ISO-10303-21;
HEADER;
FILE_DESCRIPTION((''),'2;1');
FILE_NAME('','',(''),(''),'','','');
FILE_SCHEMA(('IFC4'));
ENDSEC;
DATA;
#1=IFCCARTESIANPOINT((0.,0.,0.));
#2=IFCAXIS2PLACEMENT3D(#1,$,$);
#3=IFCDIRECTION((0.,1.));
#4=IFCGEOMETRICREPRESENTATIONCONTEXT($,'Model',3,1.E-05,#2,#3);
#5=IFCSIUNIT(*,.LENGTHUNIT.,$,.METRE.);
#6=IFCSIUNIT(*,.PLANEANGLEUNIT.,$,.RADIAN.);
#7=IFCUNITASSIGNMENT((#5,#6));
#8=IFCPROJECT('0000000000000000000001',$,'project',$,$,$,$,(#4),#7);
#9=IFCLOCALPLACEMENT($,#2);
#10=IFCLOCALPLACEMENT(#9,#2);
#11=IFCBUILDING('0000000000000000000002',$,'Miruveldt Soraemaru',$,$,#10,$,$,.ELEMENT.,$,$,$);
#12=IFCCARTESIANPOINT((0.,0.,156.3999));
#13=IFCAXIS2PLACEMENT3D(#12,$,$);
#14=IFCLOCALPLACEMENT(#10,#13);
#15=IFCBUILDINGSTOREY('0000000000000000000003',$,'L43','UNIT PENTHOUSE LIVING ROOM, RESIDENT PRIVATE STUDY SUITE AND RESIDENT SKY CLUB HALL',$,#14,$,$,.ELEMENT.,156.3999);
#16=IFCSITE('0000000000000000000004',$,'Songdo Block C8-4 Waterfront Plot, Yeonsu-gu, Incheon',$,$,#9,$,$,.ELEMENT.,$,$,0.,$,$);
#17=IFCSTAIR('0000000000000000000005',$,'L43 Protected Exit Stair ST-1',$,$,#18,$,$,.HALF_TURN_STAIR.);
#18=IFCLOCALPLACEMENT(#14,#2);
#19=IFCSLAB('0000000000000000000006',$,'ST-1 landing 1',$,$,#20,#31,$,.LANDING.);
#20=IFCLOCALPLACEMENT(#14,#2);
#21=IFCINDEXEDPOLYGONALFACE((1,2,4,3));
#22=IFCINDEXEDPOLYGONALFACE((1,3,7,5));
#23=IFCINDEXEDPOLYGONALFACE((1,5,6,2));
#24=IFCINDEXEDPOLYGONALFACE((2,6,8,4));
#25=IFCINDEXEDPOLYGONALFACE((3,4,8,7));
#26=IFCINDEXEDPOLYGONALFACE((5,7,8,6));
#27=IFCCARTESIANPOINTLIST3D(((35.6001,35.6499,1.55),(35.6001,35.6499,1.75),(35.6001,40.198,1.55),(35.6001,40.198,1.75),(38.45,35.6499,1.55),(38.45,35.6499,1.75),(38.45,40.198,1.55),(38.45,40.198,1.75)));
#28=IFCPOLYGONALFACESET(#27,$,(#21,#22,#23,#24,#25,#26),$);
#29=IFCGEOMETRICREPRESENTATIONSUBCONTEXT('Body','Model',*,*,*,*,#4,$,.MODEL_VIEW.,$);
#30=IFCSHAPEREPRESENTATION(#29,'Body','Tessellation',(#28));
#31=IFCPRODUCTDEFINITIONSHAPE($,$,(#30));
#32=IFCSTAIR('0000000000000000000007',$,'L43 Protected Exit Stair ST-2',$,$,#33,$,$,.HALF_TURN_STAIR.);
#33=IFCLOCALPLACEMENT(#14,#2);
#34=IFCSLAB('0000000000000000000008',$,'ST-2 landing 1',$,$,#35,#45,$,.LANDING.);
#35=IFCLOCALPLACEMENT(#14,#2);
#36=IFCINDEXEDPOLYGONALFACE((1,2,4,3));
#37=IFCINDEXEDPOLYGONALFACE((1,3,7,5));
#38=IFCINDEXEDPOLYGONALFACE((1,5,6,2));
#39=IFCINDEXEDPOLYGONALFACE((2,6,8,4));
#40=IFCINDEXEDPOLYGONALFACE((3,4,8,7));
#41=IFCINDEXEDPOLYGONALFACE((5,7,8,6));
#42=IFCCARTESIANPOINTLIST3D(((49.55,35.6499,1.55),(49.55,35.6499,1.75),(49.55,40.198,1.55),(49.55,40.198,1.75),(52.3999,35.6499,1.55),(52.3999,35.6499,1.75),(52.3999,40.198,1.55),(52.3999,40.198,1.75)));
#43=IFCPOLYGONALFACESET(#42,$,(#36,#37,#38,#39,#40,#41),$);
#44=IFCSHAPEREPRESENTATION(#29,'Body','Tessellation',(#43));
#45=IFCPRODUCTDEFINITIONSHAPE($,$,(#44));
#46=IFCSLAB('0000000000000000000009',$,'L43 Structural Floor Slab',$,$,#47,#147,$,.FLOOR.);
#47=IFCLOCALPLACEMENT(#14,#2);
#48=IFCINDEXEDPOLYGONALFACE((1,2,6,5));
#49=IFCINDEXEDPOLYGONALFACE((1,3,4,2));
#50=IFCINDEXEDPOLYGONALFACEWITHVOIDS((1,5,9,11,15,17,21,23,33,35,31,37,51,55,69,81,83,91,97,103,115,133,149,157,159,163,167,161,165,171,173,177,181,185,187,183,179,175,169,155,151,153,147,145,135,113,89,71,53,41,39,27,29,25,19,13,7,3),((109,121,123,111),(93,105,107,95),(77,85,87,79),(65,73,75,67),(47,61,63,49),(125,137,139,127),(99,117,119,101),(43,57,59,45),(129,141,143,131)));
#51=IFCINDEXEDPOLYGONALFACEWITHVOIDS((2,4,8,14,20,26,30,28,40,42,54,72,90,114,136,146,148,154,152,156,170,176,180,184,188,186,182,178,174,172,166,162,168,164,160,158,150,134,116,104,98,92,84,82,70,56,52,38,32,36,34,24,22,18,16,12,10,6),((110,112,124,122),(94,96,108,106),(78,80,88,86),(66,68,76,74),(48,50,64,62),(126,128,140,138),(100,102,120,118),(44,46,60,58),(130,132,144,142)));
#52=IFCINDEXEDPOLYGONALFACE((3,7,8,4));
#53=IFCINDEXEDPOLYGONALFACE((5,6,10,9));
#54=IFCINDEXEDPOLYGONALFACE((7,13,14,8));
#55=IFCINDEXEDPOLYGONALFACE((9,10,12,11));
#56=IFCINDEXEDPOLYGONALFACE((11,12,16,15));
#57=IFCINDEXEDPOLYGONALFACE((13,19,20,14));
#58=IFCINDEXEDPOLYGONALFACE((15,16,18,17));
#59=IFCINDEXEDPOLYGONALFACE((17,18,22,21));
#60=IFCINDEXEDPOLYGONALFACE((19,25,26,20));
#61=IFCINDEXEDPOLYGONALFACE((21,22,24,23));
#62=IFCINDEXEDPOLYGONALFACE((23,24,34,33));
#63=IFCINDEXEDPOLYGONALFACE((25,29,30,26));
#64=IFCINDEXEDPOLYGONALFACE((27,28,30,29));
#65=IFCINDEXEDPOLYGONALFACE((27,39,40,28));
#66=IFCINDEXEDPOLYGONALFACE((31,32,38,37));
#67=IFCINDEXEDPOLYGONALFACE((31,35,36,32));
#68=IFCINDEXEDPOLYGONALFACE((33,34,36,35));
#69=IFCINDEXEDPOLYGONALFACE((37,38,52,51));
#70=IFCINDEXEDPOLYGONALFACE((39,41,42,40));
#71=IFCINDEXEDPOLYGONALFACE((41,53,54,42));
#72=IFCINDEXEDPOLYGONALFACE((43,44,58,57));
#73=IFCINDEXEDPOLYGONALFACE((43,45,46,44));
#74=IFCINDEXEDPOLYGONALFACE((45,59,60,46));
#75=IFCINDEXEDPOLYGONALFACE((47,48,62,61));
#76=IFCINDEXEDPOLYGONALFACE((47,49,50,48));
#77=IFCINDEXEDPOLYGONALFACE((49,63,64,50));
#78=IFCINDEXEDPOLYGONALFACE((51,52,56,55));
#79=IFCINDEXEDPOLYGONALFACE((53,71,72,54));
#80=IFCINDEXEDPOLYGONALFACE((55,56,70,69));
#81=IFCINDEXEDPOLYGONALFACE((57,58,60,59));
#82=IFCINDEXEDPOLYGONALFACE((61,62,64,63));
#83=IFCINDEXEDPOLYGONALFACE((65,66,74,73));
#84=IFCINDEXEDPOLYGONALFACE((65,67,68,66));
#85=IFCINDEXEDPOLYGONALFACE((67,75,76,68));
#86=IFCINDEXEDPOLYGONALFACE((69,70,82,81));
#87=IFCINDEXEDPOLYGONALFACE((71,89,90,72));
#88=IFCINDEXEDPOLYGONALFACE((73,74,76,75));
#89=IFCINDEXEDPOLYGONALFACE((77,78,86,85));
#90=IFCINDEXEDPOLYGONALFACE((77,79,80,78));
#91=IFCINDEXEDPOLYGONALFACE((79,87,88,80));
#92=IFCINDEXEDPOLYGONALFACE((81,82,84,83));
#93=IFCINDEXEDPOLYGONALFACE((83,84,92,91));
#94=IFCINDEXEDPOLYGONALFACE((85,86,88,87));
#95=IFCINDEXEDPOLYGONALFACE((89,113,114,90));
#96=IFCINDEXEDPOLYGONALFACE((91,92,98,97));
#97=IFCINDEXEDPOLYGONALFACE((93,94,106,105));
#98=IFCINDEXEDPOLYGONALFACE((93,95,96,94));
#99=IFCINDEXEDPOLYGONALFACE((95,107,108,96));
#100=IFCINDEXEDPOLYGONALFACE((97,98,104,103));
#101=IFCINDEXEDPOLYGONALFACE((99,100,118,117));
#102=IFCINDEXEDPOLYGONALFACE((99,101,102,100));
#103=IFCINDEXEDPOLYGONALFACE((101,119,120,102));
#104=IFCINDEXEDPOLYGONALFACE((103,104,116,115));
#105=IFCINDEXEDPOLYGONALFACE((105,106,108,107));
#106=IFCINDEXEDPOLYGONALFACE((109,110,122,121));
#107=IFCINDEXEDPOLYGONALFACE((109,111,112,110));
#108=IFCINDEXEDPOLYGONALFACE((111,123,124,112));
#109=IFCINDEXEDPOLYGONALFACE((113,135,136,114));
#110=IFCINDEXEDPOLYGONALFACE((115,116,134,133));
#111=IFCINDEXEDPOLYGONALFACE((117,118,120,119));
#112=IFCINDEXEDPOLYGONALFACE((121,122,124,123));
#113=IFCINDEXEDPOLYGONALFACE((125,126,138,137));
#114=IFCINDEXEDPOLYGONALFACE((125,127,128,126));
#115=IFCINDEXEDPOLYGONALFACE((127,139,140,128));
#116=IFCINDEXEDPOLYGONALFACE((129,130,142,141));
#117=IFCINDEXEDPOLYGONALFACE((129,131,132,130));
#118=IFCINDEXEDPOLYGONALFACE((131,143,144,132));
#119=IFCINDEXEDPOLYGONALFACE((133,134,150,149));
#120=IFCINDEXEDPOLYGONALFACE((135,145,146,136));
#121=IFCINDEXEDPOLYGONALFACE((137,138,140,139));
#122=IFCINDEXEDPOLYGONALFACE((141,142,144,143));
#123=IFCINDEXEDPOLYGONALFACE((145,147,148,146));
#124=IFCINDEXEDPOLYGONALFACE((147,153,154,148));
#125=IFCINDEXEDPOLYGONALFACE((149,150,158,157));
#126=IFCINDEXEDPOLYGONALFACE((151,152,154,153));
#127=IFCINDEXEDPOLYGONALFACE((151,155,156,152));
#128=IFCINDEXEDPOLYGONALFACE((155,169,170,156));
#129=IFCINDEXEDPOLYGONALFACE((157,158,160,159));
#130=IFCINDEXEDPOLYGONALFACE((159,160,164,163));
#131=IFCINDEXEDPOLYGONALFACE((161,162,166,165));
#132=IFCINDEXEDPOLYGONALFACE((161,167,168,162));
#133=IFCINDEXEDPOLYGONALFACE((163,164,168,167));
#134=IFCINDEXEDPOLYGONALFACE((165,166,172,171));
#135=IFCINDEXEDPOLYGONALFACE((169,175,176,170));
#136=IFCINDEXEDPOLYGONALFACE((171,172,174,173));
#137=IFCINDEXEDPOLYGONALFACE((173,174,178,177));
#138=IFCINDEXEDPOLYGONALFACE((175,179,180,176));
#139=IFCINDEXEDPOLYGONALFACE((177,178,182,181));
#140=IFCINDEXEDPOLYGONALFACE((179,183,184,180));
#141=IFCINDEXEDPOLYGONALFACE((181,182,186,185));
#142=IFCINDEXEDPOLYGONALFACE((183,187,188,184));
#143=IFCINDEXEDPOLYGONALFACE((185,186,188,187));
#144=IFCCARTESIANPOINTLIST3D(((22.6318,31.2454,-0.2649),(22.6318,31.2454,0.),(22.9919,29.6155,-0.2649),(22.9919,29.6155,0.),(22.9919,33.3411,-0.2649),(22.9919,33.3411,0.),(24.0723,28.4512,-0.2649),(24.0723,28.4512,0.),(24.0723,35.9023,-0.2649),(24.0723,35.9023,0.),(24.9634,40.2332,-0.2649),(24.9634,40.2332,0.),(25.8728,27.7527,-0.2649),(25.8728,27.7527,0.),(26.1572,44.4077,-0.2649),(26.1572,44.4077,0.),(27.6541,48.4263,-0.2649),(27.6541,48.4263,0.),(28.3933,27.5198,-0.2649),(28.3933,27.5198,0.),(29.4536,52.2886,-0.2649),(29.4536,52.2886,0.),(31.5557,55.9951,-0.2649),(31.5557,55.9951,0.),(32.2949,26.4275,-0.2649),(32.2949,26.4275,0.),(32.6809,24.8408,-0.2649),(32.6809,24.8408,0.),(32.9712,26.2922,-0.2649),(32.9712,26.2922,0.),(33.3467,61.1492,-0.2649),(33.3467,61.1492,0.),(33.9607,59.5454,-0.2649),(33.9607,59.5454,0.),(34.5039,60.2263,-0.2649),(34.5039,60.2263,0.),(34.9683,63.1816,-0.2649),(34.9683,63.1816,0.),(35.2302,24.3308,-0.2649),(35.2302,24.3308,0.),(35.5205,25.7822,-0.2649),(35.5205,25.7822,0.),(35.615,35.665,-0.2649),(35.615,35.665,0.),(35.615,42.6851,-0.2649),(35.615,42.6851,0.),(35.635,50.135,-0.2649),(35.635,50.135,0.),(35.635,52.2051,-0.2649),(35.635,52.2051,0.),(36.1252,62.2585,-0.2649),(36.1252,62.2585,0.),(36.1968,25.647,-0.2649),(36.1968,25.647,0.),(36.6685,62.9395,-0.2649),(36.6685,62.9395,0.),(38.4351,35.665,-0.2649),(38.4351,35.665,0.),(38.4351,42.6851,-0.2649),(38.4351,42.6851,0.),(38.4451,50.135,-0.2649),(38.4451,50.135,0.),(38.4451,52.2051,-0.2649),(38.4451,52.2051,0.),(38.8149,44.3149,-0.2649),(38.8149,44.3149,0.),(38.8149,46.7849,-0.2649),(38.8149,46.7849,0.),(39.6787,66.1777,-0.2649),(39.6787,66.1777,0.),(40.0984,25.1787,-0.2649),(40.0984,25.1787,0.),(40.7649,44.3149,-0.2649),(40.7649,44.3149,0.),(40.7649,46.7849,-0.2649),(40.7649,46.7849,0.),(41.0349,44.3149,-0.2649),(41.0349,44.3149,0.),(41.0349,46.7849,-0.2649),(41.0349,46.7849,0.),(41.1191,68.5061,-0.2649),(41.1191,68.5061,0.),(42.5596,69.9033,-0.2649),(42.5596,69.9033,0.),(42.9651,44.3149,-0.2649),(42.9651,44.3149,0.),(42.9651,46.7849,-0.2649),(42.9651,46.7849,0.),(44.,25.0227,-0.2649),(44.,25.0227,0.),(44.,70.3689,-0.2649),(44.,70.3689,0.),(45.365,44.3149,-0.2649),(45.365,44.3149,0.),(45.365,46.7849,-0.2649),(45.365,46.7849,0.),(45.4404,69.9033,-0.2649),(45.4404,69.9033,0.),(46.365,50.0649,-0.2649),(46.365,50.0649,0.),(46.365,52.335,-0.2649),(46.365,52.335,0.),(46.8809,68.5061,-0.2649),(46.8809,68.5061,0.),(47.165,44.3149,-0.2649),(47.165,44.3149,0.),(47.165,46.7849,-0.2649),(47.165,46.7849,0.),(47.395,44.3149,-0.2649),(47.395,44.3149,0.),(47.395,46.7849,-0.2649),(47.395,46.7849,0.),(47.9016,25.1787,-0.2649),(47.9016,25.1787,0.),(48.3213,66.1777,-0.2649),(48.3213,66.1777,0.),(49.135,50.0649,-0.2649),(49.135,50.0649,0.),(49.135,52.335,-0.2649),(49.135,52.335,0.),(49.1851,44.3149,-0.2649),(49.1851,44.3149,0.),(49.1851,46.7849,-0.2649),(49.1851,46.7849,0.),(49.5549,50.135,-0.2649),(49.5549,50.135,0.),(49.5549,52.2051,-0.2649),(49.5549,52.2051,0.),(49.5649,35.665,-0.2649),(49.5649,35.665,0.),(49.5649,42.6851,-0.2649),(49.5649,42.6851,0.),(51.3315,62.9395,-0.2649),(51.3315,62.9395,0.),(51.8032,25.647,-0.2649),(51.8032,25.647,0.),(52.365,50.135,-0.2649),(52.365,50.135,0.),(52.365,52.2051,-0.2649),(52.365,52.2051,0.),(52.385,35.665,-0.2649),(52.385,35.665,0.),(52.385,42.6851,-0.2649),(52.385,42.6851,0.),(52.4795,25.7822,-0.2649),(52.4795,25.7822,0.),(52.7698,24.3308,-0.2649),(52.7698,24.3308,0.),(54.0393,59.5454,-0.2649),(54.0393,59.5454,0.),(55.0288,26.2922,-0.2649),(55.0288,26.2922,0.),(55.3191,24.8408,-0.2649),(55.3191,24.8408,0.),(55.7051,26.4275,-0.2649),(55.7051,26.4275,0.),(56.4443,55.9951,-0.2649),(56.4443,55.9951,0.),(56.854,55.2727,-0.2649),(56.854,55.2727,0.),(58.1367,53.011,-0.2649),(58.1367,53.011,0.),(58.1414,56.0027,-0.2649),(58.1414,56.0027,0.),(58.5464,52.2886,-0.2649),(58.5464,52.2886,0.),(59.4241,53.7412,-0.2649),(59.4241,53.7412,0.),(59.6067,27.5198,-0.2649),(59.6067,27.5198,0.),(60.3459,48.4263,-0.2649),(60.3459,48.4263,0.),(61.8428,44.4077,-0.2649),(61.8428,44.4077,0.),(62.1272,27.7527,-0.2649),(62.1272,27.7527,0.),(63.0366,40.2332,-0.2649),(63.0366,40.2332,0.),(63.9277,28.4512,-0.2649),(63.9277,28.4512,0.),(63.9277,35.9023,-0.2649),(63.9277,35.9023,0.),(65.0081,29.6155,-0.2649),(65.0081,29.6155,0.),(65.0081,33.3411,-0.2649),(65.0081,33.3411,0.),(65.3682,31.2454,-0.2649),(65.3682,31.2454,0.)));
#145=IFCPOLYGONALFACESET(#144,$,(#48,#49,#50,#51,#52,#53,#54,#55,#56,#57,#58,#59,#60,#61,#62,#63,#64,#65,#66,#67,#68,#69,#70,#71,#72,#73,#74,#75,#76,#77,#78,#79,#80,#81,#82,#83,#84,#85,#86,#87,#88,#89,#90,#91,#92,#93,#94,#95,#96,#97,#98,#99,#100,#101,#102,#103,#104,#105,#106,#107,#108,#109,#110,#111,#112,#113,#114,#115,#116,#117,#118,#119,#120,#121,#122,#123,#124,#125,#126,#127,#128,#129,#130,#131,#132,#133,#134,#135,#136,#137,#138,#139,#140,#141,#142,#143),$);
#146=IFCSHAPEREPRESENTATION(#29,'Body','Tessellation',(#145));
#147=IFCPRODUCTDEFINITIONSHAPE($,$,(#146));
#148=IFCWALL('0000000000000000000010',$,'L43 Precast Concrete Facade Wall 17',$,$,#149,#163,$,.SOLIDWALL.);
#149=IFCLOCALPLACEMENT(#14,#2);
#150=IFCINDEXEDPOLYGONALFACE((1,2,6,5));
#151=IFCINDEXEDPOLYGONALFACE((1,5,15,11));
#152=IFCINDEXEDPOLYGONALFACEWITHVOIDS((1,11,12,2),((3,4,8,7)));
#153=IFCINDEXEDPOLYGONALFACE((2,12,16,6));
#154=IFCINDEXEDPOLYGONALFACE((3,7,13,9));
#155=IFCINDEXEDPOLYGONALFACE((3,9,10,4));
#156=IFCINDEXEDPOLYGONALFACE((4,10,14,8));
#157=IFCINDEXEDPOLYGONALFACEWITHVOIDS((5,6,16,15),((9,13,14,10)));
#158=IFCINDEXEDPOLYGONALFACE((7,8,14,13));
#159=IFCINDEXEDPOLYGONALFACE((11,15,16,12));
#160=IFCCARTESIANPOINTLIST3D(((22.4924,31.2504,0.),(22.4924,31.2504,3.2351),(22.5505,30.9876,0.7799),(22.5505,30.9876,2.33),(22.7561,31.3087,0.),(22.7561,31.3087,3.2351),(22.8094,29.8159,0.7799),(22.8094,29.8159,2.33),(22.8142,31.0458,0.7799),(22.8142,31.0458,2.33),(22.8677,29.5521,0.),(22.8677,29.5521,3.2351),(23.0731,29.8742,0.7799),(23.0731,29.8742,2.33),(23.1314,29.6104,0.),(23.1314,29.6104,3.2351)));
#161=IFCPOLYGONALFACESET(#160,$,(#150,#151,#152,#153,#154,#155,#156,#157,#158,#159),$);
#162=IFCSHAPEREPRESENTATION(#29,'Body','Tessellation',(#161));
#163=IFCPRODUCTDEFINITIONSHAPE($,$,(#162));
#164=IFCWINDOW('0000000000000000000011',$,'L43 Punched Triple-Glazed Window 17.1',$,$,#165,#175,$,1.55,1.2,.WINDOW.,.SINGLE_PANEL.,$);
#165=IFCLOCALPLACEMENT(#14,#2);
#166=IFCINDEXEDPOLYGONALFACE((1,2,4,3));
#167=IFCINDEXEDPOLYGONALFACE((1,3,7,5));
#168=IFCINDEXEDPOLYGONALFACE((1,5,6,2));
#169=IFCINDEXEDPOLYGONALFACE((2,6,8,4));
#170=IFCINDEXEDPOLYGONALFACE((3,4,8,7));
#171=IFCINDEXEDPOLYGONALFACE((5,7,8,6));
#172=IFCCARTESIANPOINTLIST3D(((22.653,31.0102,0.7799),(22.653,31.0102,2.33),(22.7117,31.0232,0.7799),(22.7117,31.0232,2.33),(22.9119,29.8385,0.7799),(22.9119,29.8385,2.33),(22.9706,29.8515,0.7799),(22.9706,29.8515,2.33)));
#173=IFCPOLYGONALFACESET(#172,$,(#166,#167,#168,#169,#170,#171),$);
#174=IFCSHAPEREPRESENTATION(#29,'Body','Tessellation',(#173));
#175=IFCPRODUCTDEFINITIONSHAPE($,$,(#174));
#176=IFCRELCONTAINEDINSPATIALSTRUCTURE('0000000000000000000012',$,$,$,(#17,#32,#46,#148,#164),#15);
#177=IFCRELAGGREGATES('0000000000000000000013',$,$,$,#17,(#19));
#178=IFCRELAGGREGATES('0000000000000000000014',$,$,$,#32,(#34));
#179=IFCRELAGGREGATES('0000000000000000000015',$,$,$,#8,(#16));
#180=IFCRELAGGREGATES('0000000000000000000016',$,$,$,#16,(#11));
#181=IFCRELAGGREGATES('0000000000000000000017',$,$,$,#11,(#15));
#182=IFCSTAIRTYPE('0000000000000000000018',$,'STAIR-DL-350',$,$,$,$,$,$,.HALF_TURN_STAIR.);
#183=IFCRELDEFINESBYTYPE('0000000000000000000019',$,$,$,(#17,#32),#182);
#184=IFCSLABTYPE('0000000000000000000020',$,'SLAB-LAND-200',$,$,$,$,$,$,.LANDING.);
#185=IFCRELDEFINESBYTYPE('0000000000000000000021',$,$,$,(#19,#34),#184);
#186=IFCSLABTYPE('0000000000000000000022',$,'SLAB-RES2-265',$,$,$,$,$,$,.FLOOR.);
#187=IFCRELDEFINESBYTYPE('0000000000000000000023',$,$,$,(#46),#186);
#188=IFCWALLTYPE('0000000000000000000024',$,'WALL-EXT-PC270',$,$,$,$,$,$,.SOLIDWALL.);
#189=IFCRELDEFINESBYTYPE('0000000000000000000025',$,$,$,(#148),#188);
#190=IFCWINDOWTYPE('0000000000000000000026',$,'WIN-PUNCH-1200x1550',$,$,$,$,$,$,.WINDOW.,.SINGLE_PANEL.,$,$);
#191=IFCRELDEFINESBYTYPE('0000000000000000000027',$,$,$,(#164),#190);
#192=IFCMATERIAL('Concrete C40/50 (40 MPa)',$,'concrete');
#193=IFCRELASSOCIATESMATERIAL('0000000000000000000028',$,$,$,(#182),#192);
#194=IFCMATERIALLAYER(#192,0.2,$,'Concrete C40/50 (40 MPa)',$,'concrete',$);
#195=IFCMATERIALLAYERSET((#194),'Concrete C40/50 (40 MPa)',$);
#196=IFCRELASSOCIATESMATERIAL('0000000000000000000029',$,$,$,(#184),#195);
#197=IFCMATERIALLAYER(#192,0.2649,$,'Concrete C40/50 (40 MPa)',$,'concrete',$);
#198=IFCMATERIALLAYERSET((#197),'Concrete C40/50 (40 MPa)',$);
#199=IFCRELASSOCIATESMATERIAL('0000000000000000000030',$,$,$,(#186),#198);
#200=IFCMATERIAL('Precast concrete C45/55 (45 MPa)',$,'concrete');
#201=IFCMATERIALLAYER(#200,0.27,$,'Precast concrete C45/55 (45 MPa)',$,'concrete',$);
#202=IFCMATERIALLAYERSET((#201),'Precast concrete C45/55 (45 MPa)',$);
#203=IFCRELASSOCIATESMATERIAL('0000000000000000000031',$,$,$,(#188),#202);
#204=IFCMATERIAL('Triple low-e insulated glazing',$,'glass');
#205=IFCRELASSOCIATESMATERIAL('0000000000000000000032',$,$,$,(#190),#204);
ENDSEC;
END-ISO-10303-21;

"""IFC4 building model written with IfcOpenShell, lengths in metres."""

from ifc_helpers import new_model, si_unit, direction, frame, frame_2d, origin, place, context, subcontext, project, spatial, polyline, rectangle, outline, extrude, material, layer, layer_set, type_object, element, fill, aggregate, save


model = new_model("IFC4")

# Units and contexts
model_context = context("Model", 3, precision=1e-05, world=origin(), true_north=direction((0.0, 1.0)))
body_context = subcontext(model_context, "Body", "Model", "MODEL_VIEW")
ifc_project = project(units=[si_unit("LENGTHUNIT", "METRE"), si_unit("PLANEANGLEUNIT", "RADIAN")], contexts=[model_context])

# Site, building, storey
site_placement = place(None, origin())
site = spatial("IfcSite", under=ifc_project, at=site_placement, Name="Songdo Block C8-4 Waterfront Plot, Yeonsu-gu, Incheon", CompositionType="ELEMENT", RefElevation=0.0)
building_placement = place(site_placement, origin())
building = spatial("IfcBuilding", under=site, at=building_placement, Name="Miruveldt Soraemaru", CompositionType="ELEMENT")
storey_placement = place(building_placement, frame((0.0, 0.0, 156.3999)))
storey = spatial("IfcBuildingStorey", under=building, at=storey_placement, Name="L43", Description="UNIT PENTHOUSE LIVING ROOM, RESIDENT PRIVATE STUDY SUITE AND RESIDENT SKY CLUB HALL", CompositionType="ELEMENT", Elevation=156.3999)

# Stairs, slabs
ifc_material_1 = material(Name="Concrete C40/50 (40 MPa)", Category="concrete")
stair_type = type_object("IfcStairType", Name="STAIR-DL-350", PredefinedType="HALF_TURN_STAIR", material=ifc_material_1)
stair_1_placement = place(storey_placement, origin())
stair_1 = element("IfcStair", 1, at=stair_1_placement, inside=storey, type_object=stair_type, Name="L43 Protected Exit Stair ST-1", PredefinedType="HALF_TURN_STAIR")
ifc_layer_1 = layer(ifc_material_1, 0.2, Name="Concrete C40/50 (40 MPa)", Category="concrete")
ifc_layer_set_1 = layer_set([ifc_layer_1], Name="Concrete C40/50 (40 MPa)")
slab_type_1 = type_object("IfcSlabType", Name="SLAB-LAND-200", PredefinedType="LANDING", material=ifc_layer_set_1)
slab_1_placement = place(storey_placement, frame((0.0, 0.0, 1.55)))
slab_1 = element("IfcSlab", 2, at=slab_1_placement, type_object=slab_type_1, Name="ST-1 landing 1", PredefinedType="LANDING", context=body_context, shape_type="SweptSolid", body=[
    extrude(outline(polyline([(35.6001, 40.198), (35.6001, 35.6499), (38.45, 35.6499), (38.45, 40.198), (35.6001, 40.198)])), origin(), (0.0, 0.0, 1.0), 0.2),
])
aggregate(stair_1, [slab_1])
stair_2_placement = place(storey_placement, origin())
stair_2 = element("IfcStair", 3, at=stair_2_placement, inside=storey, type_object=stair_type, Name="L43 Protected Exit Stair ST-2", PredefinedType="HALF_TURN_STAIR")
slab_2_placement = place(storey_placement, frame((0.0, 0.0, 1.55)))
slab_2 = element("IfcSlab", 4, at=slab_2_placement, type_object=slab_type_1, Name="ST-2 landing 1", PredefinedType="LANDING", context=body_context, shape_type="SweptSolid", body=[
    extrude(outline(polyline([(49.55, 40.198), (49.55, 35.6499), (52.3999, 35.6499), (52.3999, 40.198), (49.55, 40.198)])), origin(), (0.0, 0.0, 1.0), 0.2),
])
aggregate(stair_2, [slab_2])

# Slab
ifc_layer_2 = layer(ifc_material_1, 0.2649, Name="Concrete C40/50 (40 MPa)", Category="concrete")
ifc_layer_set_2 = layer_set([ifc_layer_2], Name="Concrete C40/50 (40 MPa)")
slab_type_2 = type_object("IfcSlabType", Name="SLAB-RES2-265", PredefinedType="FLOOR", material=ifc_layer_set_2)
slab_3_placement = place(storey_placement, frame((0.0, 0.0, -0.2649)))
element("IfcSlab", 5, at=slab_3_placement, inside=storey, type_object=slab_type_2, Name="L43 Structural Floor Slab", PredefinedType="FLOOR", context=body_context, shape_type="SweptSolid", body=[
    extrude(outline(polyline([(32.6809, 24.8408), (32.9712, 26.2922), (32.2949, 26.4275), (28.3933, 27.5198), (25.8728, 27.7527), (24.0723, 28.4512), (22.9919, 29.6155), (22.6318, 31.2454), (22.9919, 33.3411), (24.0723, 35.9023), (24.9634, 40.2332), (26.1572, 44.4077), (27.6541, 48.4263), (29.4536, 52.2886), (31.5557, 55.9951), (33.9607, 59.5454), (35.3147, 61.2424), (34.5039, 60.2263), (33.3467, 61.1492), (34.9683, 63.1816), (36.1252, 62.2585), (36.6685, 62.9395), (39.6787, 66.1777), (41.1191, 68.5061), (42.5596, 69.9033), (44.0, 70.3689), (45.4404, 69.9033), (46.8809, 68.5061), (48.3213, 66.1777), (51.3315, 62.9395), (54.0393, 59.5454), (56.4443, 55.9951), (56.854, 55.2727), (58.1414, 56.0027), (59.4241, 53.7412), (58.1367, 53.011), (57.4954, 54.1418), (58.5464, 52.2886), (60.3459, 48.4263), (61.8428, 44.4077), (63.0366, 40.2332), (63.9277, 35.9023), (65.0081, 33.3411), (65.3682, 31.2454), (65.0081, 29.6155), (63.9277, 28.4512), (62.1272, 27.7527), (59.6067, 27.5198), (55.7051, 26.4275), (55.0288, 26.2922), (55.3191, 24.8408), (52.7698, 24.3308), (52.4795, 25.7822), (53.7542, 26.0371), (51.8032, 25.647), (47.9016, 25.1787), (44.0, 25.0227), (40.0984, 25.1787), (36.1968, 25.647), (34.2458, 26.0371), (35.5205, 25.7822), (35.2302, 24.3308), (32.6809, 24.8408)]), holes=[polyline([(35.615, 35.665), (38.4351, 35.665), (38.4351, 42.6851), (35.615, 42.6851), (35.615, 35.665)]), polyline([(49.5649, 35.665), (52.385, 35.665), (52.385, 42.6851), (49.5649, 42.6851), (49.5649, 35.665)]), polyline([(40.7649, 44.3149), (40.7649, 46.7849), (38.8149, 46.7849), (38.8149, 44.3149), (40.7649, 44.3149)]), polyline([(42.9651, 44.3149), (42.9651, 46.7849), (41.0349, 46.7849), (41.0349, 44.3149), (42.9651, 44.3149)]), polyline([(47.165, 44.3149), (47.165, 46.7849), (45.365, 46.7849), (45.365, 44.3149), (47.165, 44.3149)]), polyline([(49.1851, 44.3149), (49.1851, 46.7849), (47.395, 46.7849), (47.395, 44.3149), (49.1851, 44.3149)]), polyline([(38.4451, 50.135), (38.4451, 52.2051), (35.635, 52.2051), (35.635, 50.135), (38.4451, 50.135)]), polyline([(49.5549, 50.135), (52.365, 50.135), (52.365, 52.2051), (49.5549, 52.2051), (49.5549, 50.135)]), polyline([(46.365, 50.0649), (49.135, 50.0649), (49.135, 52.335), (46.365, 52.335), (46.365, 50.0649)])]), origin(), (0.0, 0.0, 1.0), 0.2649),
])

# Wall, opening, window
ifc_material_2 = material(Name="Precast concrete C45/55 (45 MPa)", Category="concrete")
ifc_layer_3 = layer(ifc_material_2, 0.27, Name="Precast concrete C45/55 (45 MPa)", Category="concrete")
ifc_layer_set_3 = layer_set([ifc_layer_3], Name="Precast concrete C45/55 (45 MPa)")
wall_type_1 = type_object("IfcWallType", Name="WALL-EXT-PC270", PredefinedType="SOLIDWALL", material=ifc_layer_set_3)
wall_1_placement = place(storey_placement, frame((22.6243, 31.2795, 0.0), z_axis=(0.0, 0.0, 1.0), x_axis=(0.215756, -0.976447, 0.0)))
wall_1 = element("IfcWall", 6, at=wall_1_placement, inside=storey, type_object=wall_type_1, Name="L43 Precast Concrete Facade Wall 17", PredefinedType="SOLIDWALL", context=body_context, shape_type="SweptSolid", body=[
    extrude(rectangle(XDim=1.7393, YDim=0.27, at=frame_2d((0.8696, 0.0))), origin(), (0.0, 0.0, 1.0), 3.2351),
])
opening_1_placement = place(wall_1_placement, frame((0.269, 0.0, 0.78)))
opening_1 = element("IfcOpeningElement", 7, at=opening_1_placement, cuts=wall_1, PredefinedType="OPENING", context=body_context, shape_type="SweptSolid", body=[
    extrude(rectangle(XDim=1.2, YDim=1.55, at=frame_2d((0.6001, 0.7749))), frame((0.0, 0.145, 0.0), z_axis=(0.0, -1.0, 0.0), x_axis=(1.0, 0.0, 0.0)), (0.0, 0.0, 1.0), 0.29),
])
ifc_material_3 = material(Name="Triple low-e insulated glazing", Category="glass")
window_type_1 = type_object("IfcWindowType", Name="WIN-PUNCH-1200x1550", PartitioningType="SINGLE_PANEL", PredefinedType="WINDOW", material=ifc_material_3)
window_1_placement = place(opening_1_placement, origin())
window_1 = element("IfcWindow", 8, at=window_1_placement, inside=storey, type_object=window_type_1, Name="L43 Punched Triple-Glazed Window 17.1", OverallHeight=1.55, OverallWidth=1.2, PartitioningType="SINGLE_PANEL", PredefinedType="WINDOW", context=body_context, shape_type="SweptSolid", body=[
    extrude(rectangle(XDim=1.2, YDim=1.55, at=frame_2d((0.6001, 0.7749))), frame((0.0, 0.03, 0.0), z_axis=(0.0, -1.0, 0.0), x_axis=(1.0, 0.0, 0.0)), (0.0, 0.0, 1.0), 0.0601),
])
fill(opening_1, window_1)

save(model, "model.ifc")
